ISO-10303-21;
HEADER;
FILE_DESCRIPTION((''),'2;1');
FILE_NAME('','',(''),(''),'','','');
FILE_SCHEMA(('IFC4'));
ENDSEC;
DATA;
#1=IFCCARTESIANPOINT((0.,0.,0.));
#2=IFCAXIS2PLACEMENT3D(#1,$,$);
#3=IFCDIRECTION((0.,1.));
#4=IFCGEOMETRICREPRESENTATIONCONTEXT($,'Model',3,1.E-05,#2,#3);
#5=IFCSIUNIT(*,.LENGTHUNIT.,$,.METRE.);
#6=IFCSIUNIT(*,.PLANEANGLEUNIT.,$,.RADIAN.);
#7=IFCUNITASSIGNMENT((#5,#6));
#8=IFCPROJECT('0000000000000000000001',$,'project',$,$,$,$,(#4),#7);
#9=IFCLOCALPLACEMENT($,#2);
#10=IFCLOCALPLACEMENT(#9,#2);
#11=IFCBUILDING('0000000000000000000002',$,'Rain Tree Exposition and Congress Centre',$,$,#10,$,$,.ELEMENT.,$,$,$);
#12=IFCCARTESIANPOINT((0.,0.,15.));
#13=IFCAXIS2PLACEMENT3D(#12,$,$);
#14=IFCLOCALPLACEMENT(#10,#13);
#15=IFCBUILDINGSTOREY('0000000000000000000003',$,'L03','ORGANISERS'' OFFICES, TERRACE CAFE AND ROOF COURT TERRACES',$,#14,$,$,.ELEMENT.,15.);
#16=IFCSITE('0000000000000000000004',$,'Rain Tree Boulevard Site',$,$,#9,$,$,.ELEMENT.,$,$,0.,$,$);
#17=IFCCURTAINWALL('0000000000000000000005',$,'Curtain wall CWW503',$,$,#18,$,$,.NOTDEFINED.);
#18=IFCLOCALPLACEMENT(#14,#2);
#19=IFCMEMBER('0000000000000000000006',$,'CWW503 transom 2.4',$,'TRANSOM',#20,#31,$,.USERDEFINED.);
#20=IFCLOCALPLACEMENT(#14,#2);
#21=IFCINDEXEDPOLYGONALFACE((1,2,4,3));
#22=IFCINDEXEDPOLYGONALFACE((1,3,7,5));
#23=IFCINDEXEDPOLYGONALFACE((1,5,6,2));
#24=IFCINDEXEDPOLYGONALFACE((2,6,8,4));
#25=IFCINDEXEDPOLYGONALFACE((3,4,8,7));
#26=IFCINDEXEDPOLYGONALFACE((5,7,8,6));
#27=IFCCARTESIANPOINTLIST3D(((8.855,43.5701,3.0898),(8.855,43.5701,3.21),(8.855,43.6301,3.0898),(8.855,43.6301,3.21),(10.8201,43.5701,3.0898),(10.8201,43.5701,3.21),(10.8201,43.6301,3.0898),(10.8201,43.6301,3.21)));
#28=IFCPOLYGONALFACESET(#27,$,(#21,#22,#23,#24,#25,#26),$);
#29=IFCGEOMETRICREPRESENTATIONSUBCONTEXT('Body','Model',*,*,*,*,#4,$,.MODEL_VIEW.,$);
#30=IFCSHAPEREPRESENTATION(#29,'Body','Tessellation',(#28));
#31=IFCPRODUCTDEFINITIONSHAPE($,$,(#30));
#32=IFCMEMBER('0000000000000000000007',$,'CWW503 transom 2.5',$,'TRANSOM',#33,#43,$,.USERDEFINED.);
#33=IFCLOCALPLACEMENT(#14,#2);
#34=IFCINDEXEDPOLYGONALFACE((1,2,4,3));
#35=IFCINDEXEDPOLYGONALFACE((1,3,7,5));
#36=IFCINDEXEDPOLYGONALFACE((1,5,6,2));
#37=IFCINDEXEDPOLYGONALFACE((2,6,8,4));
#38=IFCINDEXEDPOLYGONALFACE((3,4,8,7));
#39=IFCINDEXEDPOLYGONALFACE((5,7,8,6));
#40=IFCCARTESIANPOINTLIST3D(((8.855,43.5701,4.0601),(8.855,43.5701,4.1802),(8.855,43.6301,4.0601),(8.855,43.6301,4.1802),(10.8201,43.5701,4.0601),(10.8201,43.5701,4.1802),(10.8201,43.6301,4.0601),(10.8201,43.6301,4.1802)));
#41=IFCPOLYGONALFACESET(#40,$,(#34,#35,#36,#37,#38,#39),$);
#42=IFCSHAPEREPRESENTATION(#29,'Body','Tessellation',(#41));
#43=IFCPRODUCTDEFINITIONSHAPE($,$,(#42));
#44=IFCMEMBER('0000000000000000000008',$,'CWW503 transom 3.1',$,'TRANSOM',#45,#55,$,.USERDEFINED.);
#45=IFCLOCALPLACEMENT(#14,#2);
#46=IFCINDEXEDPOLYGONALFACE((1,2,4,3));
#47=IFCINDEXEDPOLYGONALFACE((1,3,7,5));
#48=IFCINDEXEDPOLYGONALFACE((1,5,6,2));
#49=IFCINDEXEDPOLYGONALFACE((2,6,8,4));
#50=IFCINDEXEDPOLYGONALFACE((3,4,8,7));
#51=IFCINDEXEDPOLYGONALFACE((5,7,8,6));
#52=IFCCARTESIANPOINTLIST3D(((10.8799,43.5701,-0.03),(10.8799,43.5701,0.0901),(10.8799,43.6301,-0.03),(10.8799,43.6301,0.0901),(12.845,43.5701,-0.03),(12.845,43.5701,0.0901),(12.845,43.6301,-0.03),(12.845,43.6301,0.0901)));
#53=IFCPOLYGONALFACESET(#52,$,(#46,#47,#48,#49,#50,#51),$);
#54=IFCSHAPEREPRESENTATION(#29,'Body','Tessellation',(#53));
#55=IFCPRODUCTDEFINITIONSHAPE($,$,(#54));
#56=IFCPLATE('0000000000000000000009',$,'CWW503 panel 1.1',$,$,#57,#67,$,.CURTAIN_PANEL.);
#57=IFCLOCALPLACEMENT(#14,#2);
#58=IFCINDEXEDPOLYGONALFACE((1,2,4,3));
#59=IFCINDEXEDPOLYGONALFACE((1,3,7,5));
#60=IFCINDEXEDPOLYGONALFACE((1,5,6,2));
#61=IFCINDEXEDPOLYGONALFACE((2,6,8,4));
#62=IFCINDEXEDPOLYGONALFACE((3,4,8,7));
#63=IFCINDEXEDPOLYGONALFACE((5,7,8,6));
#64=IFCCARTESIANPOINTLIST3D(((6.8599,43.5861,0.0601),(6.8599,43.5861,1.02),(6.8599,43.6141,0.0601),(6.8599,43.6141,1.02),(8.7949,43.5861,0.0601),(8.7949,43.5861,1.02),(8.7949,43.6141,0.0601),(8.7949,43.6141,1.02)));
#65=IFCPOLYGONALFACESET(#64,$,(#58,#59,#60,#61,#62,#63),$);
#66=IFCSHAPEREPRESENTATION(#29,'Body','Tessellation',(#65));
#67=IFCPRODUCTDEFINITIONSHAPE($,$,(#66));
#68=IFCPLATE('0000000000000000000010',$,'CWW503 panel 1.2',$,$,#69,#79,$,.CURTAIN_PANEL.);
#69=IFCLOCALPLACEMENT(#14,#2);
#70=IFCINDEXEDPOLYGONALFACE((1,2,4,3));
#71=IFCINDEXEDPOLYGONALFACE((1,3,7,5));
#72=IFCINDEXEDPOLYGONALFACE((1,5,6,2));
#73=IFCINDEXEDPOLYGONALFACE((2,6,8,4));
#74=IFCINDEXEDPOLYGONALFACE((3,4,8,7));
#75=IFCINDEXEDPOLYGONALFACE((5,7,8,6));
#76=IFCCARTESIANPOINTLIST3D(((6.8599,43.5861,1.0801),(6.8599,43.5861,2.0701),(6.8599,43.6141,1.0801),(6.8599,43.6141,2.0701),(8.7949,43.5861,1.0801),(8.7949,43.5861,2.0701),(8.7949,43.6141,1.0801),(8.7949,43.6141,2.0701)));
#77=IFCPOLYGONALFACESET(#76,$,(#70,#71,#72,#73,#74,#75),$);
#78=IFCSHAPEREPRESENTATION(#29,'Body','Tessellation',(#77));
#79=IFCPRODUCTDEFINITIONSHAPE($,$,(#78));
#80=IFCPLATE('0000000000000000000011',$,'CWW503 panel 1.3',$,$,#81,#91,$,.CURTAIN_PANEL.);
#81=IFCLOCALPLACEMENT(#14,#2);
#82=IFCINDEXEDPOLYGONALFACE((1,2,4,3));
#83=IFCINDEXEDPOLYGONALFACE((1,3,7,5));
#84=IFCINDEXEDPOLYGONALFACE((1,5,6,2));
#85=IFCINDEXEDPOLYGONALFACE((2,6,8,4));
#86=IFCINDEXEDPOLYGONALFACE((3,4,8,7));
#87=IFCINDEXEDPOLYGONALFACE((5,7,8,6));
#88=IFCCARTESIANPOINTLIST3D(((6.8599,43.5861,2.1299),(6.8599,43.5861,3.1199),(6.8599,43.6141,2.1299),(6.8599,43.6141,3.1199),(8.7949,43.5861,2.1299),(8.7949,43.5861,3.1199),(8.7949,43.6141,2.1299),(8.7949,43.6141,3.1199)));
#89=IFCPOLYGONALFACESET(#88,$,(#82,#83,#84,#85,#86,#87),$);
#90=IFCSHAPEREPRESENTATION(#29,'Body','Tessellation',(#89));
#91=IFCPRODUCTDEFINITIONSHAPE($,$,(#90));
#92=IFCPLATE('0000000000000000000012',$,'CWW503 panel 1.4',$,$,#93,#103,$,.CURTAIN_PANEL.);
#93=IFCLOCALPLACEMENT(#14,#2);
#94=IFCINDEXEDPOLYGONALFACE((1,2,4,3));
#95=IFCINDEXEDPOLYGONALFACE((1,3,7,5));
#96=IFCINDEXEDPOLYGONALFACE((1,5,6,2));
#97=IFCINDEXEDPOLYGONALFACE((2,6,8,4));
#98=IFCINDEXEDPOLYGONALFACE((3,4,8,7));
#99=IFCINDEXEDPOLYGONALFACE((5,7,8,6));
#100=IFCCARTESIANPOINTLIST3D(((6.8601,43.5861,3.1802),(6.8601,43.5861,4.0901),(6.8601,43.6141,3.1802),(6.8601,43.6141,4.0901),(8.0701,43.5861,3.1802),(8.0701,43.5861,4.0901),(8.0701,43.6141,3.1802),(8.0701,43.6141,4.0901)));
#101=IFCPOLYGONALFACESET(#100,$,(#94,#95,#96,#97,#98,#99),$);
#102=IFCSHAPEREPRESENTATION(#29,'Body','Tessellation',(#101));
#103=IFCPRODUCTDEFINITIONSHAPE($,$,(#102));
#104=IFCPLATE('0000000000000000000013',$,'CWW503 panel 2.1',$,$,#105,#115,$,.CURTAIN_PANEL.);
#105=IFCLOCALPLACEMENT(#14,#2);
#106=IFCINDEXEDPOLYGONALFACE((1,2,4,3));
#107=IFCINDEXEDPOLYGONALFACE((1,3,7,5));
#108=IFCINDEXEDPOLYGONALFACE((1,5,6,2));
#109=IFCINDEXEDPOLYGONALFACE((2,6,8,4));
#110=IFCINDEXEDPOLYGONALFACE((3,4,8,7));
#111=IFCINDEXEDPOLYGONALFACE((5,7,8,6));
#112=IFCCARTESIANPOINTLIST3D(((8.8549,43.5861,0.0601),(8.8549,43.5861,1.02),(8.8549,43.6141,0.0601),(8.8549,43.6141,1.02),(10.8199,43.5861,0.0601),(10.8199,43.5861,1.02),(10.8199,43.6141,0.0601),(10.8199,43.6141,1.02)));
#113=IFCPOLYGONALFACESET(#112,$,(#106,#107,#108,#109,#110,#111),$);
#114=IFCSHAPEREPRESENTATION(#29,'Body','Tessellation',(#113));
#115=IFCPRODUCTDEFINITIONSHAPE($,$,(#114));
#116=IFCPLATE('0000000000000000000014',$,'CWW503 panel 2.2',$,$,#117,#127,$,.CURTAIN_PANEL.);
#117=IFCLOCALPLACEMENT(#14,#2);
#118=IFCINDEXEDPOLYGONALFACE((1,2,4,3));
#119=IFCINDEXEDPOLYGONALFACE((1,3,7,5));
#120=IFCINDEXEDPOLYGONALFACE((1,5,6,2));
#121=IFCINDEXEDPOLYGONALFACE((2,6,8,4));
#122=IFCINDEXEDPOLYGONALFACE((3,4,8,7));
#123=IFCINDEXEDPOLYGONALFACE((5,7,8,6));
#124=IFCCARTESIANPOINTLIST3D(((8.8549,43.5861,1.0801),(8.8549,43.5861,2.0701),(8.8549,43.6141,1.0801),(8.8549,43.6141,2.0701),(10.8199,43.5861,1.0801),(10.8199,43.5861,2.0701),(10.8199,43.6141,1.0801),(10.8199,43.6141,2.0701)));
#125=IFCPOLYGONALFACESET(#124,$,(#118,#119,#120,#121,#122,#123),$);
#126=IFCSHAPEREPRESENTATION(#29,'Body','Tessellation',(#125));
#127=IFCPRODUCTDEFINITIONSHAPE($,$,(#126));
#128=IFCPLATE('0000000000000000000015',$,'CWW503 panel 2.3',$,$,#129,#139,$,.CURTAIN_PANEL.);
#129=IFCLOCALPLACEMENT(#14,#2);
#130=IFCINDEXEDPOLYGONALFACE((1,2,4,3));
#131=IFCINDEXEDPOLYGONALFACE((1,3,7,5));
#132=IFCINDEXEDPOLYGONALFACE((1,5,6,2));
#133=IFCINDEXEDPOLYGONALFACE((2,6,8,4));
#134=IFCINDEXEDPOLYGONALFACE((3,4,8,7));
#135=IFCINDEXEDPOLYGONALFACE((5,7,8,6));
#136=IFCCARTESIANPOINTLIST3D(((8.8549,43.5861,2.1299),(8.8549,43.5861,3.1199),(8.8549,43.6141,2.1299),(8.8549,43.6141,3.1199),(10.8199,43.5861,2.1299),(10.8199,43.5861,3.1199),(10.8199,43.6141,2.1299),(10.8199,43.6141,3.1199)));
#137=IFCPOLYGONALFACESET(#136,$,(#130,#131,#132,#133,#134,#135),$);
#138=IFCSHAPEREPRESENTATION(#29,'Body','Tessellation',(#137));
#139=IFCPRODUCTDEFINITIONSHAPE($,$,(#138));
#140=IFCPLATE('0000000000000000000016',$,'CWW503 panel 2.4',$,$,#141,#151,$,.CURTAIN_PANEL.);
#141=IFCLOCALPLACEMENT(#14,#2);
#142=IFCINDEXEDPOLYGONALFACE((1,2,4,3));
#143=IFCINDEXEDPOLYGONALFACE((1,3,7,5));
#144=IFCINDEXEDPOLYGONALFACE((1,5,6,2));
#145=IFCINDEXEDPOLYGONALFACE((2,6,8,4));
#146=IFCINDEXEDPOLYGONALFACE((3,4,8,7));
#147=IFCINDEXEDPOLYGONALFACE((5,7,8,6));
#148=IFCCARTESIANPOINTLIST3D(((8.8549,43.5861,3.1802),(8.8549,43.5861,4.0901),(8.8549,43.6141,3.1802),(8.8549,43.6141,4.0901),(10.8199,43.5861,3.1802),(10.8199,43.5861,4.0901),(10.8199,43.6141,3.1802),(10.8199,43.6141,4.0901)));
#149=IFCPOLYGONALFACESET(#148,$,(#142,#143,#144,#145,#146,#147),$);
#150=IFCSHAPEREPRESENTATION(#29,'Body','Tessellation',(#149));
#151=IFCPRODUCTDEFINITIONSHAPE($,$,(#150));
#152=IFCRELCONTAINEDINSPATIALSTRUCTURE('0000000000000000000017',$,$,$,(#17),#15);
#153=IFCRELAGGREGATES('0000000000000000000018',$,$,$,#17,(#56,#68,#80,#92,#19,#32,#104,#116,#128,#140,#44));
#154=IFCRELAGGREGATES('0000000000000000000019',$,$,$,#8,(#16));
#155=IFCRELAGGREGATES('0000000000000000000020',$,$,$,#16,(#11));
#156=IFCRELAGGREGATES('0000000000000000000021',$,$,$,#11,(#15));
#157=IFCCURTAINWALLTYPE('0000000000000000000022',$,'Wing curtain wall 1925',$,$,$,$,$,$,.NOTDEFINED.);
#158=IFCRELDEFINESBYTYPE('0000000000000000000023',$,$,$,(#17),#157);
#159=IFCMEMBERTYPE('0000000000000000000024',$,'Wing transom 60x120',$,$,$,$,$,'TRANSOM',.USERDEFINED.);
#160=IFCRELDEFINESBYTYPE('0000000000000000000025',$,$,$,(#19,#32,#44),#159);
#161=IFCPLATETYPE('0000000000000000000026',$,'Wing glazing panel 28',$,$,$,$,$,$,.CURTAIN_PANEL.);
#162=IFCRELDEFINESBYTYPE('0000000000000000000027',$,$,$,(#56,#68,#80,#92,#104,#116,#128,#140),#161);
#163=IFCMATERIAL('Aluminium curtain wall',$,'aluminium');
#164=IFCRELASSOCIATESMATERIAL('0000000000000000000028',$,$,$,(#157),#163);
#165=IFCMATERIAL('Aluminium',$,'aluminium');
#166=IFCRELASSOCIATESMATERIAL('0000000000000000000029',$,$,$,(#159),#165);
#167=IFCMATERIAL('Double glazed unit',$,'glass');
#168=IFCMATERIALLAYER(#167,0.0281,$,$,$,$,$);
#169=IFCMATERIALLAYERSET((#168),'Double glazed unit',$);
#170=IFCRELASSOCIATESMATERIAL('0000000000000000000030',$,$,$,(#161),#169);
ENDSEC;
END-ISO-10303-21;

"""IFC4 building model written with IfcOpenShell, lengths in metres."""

from ifc_helpers import new_model, si_unit, direction, frame, origin, origin_2d, place, context, subcontext, project, spatial, rectangle, extrude, material, layer, layer_set, material_profile, profile_set, type_object, element, aggregate, save


model = new_model("IFC4")

# Units and contexts
model_context = context("Model", 3, precision=1e-05, world=origin(), true_north=direction((0.0, 1.0)))
body_context = subcontext(model_context, "Body", "Model", "MODEL_VIEW")
ifc_project = project(units=[si_unit("LENGTHUNIT", "METRE"), si_unit("PLANEANGLEUNIT", "RADIAN")], contexts=[model_context])

# Site, building, storey
site_placement = place(None, origin())
site = spatial("IfcSite", under=ifc_project, at=site_placement, Name="Rain Tree Boulevard Site", CompositionType="ELEMENT", RefElevation=0.0)
building_placement = place(site_placement, origin())
building = spatial("IfcBuilding", under=site, at=building_placement, Name="Rain Tree Exposition and Congress Centre", CompositionType="ELEMENT")
storey_placement = place(building_placement, frame((0.0, 0.0, 15.0)))
storey = spatial("IfcBuildingStorey", under=building, at=storey_placement, Name="L03", Description="ORGANISERS' OFFICES, TERRACE CAFE AND ROOF COURT TERRACES", CompositionType="ELEMENT", Elevation=15.0)

# Curtain wall, members, plates
ifc_material_1 = material(Name="Aluminium curtain wall", Category="aluminium")
curtain_wall_type = type_object("IfcCurtainWallType", Name="Wing curtain wall 1925", PredefinedType="NOTDEFINED", material=ifc_material_1)
curtain_wall_placement = place(storey_placement, origin())
curtain_wall = element("IfcCurtainWall", 1, at=curtain_wall_placement, inside=storey, type_object=curtain_wall_type, Name="Curtain wall CWW503", PredefinedType="NOTDEFINED")
ifc_material_2 = material(Name="Aluminium", Category="aluminium")
ifc_material_profile_1 = material_profile(ifc_material_2, rectangle(XDim=0.0601, YDim=0.1201, at=origin_2d()), Name="Aluminium 60x120")
ifc_profile_set_1 = profile_set([ifc_material_profile_1], Name="Aluminium")
member_type_1 = type_object("IfcMemberType", Name="Wing transom 60x120", ElementType="TRANSOM", PredefinedType="USERDEFINED", material=ifc_profile_set_1)
member_1_placement = place(storey_placement, frame((8.855, 43.6001, 3.1499), z_axis=(1.0, 0.0, 0.0), x_axis=(0.0, 1.0, 0.0)))
member_1 = element("IfcMember", 2, at=member_1_placement, type_object=member_type_1, Name="CWW503 transom 2.4", ObjectType="TRANSOM", PredefinedType="USERDEFINED", context=body_context, shape_type="SweptSolid", body=[
    extrude(rectangle(XDim=0.0601, YDim=0.1201, at=origin_2d()), origin(), (0.0, 0.0, 1.0), 1.9651),
])
member_2_placement = place(storey_placement, frame((8.855, 43.6001, 4.1201), z_axis=(1.0, 0.0, 0.0), x_axis=(0.0, 1.0, 0.0)))
member_2 = element("IfcMember", 3, at=member_2_placement, type_object=member_type_1, Name="CWW503 transom 2.5", ObjectType="TRANSOM", PredefinedType="USERDEFINED", context=body_context, shape_type="SweptSolid", body=[
    extrude(rectangle(XDim=0.0601, YDim=0.1201, at=origin_2d()), origin(), (0.0, 0.0, 1.0), 1.9651),
])
member_3_placement = place(storey_placement, frame((10.8799, 43.6001, 0.03), z_axis=(1.0, 0.0, 0.0), x_axis=(0.0, 1.0, 0.0)))
member_3 = element("IfcMember", 4, at=member_3_placement, type_object=member_type_1, Name="CWW503 transom 3.1", ObjectType="TRANSOM", PredefinedType="USERDEFINED", context=body_context, shape_type="SweptSolid", body=[
    extrude(rectangle(XDim=0.0601, YDim=0.1201, at=origin_2d()), origin(), (0.0, 0.0, 1.0), 1.9651),
])
ifc_material_3 = material(Name="Double glazed unit", Category="glass")
ifc_layer = layer(ifc_material_3, 0.0281)
ifc_layer_set = layer_set([ifc_layer], Name="Double glazed unit")
plate_type = type_object("IfcPlateType", Name="Wing glazing panel 28", PredefinedType="CURTAIN_PANEL", material=ifc_layer_set)
plate_1_placement = place(storey_placement, frame((7.8274, 43.6001, 0.0601), z_axis=(0.0, 0.0, 1.0), x_axis=(1.0, 0.0, 0.0)))
plate_1 = element("IfcPlate", 5, at=plate_1_placement, type_object=plate_type, Name="CWW503 panel 1.1", PredefinedType="CURTAIN_PANEL", context=body_context, shape_type="SweptSolid", body=[
    extrude(rectangle(XDim=1.9351, YDim=0.0281, at=origin_2d()), origin(), (0.0, 0.0, 1.0), 0.96),
])
plate_2_placement = place(storey_placement, frame((7.8274, 43.6001, 1.0801), z_axis=(0.0, 0.0, 1.0), x_axis=(1.0, 0.0, 0.0)))
plate_2 = element("IfcPlate", 6, at=plate_2_placement, type_object=plate_type, Name="CWW503 panel 1.2", PredefinedType="CURTAIN_PANEL", context=body_context, shape_type="SweptSolid", body=[
    extrude(rectangle(XDim=1.9351, YDim=0.0281, at=origin_2d()), origin(), (0.0, 0.0, 1.0), 0.99),
])
plate_3_placement = place(storey_placement, frame((7.8274, 43.6001, 2.1299), z_axis=(0.0, 0.0, 1.0), x_axis=(1.0, 0.0, 0.0)))
plate_3 = element("IfcPlate", 7, at=plate_3_placement, type_object=plate_type, Name="CWW503 panel 1.3", PredefinedType="CURTAIN_PANEL", context=body_context, shape_type="SweptSolid", body=[
    extrude(rectangle(XDim=1.9351, YDim=0.0281, at=origin_2d()), origin(), (0.0, 0.0, 1.0), 0.99),
])
plate_4_placement = place(storey_placement, frame((7.4651, 43.6001, 3.1802), z_axis=(0.0, 0.0, 1.0), x_axis=(1.0, 0.0, 0.0)))
plate_4 = element("IfcPlate", 8, at=plate_4_placement, type_object=plate_type, Name="CWW503 panel 1.4", PredefinedType="CURTAIN_PANEL", context=body_context, shape_type="SweptSolid", body=[
    extrude(rectangle(XDim=1.21, YDim=0.0281, at=origin_2d()), origin(), (0.0, 0.0, 1.0), 0.9099),
])
plate_5_placement = place(storey_placement, frame((9.8374, 43.6001, 0.0601), z_axis=(0.0, 0.0, 1.0), x_axis=(1.0, 0.0, 0.0)))
plate_5 = element("IfcPlate", 9, at=plate_5_placement, type_object=plate_type, Name="CWW503 panel 2.1", PredefinedType="CURTAIN_PANEL", context=body_context, shape_type="SweptSolid", body=[
    extrude(rectangle(XDim=1.9651, YDim=0.0281, at=origin_2d()), origin(), (0.0, 0.0, 1.0), 0.96),
])
plate_6_placement = place(storey_placement, frame((9.8374, 43.6001, 1.0801), z_axis=(0.0, 0.0, 1.0), x_axis=(1.0, 0.0, 0.0)))
plate_6 = element("IfcPlate", 10, at=plate_6_placement, type_object=plate_type, Name="CWW503 panel 2.2", PredefinedType="CURTAIN_PANEL", context=body_context, shape_type="SweptSolid", body=[
    extrude(rectangle(XDim=1.9651, YDim=0.0281, at=origin_2d()), origin(), (0.0, 0.0, 1.0), 0.99),
])
plate_7_placement = place(storey_placement, frame((9.8374, 43.6001, 2.1299), z_axis=(0.0, 0.0, 1.0), x_axis=(1.0, 0.0, 0.0)))
plate_7 = element("IfcPlate", 11, at=plate_7_placement, type_object=plate_type, Name="CWW503 panel 2.3", PredefinedType="CURTAIN_PANEL", context=body_context, shape_type="SweptSolid", body=[
    extrude(rectangle(XDim=1.9651, YDim=0.0281, at=origin_2d()), origin(), (0.0, 0.0, 1.0), 0.99),
])
plate_8_placement = place(storey_placement, frame((9.8374, 43.6001, 3.1802), z_axis=(0.0, 0.0, 1.0), x_axis=(1.0, 0.0, 0.0)))
plate_8 = element("IfcPlate", 12, at=plate_8_placement, type_object=plate_type, Name="CWW503 panel 2.4", PredefinedType="CURTAIN_PANEL", context=body_context, shape_type="SweptSolid", body=[
    extrude(rectangle(XDim=1.9651, YDim=0.0281, at=origin_2d()), origin(), (0.0, 0.0, 1.0), 0.9099),
])
aggregate(curtain_wall, [plate_1, plate_2, plate_3, plate_4, member_1, member_2, plate_5, plate_6, plate_7, plate_8, member_3])

save(model, "model.ifc")
